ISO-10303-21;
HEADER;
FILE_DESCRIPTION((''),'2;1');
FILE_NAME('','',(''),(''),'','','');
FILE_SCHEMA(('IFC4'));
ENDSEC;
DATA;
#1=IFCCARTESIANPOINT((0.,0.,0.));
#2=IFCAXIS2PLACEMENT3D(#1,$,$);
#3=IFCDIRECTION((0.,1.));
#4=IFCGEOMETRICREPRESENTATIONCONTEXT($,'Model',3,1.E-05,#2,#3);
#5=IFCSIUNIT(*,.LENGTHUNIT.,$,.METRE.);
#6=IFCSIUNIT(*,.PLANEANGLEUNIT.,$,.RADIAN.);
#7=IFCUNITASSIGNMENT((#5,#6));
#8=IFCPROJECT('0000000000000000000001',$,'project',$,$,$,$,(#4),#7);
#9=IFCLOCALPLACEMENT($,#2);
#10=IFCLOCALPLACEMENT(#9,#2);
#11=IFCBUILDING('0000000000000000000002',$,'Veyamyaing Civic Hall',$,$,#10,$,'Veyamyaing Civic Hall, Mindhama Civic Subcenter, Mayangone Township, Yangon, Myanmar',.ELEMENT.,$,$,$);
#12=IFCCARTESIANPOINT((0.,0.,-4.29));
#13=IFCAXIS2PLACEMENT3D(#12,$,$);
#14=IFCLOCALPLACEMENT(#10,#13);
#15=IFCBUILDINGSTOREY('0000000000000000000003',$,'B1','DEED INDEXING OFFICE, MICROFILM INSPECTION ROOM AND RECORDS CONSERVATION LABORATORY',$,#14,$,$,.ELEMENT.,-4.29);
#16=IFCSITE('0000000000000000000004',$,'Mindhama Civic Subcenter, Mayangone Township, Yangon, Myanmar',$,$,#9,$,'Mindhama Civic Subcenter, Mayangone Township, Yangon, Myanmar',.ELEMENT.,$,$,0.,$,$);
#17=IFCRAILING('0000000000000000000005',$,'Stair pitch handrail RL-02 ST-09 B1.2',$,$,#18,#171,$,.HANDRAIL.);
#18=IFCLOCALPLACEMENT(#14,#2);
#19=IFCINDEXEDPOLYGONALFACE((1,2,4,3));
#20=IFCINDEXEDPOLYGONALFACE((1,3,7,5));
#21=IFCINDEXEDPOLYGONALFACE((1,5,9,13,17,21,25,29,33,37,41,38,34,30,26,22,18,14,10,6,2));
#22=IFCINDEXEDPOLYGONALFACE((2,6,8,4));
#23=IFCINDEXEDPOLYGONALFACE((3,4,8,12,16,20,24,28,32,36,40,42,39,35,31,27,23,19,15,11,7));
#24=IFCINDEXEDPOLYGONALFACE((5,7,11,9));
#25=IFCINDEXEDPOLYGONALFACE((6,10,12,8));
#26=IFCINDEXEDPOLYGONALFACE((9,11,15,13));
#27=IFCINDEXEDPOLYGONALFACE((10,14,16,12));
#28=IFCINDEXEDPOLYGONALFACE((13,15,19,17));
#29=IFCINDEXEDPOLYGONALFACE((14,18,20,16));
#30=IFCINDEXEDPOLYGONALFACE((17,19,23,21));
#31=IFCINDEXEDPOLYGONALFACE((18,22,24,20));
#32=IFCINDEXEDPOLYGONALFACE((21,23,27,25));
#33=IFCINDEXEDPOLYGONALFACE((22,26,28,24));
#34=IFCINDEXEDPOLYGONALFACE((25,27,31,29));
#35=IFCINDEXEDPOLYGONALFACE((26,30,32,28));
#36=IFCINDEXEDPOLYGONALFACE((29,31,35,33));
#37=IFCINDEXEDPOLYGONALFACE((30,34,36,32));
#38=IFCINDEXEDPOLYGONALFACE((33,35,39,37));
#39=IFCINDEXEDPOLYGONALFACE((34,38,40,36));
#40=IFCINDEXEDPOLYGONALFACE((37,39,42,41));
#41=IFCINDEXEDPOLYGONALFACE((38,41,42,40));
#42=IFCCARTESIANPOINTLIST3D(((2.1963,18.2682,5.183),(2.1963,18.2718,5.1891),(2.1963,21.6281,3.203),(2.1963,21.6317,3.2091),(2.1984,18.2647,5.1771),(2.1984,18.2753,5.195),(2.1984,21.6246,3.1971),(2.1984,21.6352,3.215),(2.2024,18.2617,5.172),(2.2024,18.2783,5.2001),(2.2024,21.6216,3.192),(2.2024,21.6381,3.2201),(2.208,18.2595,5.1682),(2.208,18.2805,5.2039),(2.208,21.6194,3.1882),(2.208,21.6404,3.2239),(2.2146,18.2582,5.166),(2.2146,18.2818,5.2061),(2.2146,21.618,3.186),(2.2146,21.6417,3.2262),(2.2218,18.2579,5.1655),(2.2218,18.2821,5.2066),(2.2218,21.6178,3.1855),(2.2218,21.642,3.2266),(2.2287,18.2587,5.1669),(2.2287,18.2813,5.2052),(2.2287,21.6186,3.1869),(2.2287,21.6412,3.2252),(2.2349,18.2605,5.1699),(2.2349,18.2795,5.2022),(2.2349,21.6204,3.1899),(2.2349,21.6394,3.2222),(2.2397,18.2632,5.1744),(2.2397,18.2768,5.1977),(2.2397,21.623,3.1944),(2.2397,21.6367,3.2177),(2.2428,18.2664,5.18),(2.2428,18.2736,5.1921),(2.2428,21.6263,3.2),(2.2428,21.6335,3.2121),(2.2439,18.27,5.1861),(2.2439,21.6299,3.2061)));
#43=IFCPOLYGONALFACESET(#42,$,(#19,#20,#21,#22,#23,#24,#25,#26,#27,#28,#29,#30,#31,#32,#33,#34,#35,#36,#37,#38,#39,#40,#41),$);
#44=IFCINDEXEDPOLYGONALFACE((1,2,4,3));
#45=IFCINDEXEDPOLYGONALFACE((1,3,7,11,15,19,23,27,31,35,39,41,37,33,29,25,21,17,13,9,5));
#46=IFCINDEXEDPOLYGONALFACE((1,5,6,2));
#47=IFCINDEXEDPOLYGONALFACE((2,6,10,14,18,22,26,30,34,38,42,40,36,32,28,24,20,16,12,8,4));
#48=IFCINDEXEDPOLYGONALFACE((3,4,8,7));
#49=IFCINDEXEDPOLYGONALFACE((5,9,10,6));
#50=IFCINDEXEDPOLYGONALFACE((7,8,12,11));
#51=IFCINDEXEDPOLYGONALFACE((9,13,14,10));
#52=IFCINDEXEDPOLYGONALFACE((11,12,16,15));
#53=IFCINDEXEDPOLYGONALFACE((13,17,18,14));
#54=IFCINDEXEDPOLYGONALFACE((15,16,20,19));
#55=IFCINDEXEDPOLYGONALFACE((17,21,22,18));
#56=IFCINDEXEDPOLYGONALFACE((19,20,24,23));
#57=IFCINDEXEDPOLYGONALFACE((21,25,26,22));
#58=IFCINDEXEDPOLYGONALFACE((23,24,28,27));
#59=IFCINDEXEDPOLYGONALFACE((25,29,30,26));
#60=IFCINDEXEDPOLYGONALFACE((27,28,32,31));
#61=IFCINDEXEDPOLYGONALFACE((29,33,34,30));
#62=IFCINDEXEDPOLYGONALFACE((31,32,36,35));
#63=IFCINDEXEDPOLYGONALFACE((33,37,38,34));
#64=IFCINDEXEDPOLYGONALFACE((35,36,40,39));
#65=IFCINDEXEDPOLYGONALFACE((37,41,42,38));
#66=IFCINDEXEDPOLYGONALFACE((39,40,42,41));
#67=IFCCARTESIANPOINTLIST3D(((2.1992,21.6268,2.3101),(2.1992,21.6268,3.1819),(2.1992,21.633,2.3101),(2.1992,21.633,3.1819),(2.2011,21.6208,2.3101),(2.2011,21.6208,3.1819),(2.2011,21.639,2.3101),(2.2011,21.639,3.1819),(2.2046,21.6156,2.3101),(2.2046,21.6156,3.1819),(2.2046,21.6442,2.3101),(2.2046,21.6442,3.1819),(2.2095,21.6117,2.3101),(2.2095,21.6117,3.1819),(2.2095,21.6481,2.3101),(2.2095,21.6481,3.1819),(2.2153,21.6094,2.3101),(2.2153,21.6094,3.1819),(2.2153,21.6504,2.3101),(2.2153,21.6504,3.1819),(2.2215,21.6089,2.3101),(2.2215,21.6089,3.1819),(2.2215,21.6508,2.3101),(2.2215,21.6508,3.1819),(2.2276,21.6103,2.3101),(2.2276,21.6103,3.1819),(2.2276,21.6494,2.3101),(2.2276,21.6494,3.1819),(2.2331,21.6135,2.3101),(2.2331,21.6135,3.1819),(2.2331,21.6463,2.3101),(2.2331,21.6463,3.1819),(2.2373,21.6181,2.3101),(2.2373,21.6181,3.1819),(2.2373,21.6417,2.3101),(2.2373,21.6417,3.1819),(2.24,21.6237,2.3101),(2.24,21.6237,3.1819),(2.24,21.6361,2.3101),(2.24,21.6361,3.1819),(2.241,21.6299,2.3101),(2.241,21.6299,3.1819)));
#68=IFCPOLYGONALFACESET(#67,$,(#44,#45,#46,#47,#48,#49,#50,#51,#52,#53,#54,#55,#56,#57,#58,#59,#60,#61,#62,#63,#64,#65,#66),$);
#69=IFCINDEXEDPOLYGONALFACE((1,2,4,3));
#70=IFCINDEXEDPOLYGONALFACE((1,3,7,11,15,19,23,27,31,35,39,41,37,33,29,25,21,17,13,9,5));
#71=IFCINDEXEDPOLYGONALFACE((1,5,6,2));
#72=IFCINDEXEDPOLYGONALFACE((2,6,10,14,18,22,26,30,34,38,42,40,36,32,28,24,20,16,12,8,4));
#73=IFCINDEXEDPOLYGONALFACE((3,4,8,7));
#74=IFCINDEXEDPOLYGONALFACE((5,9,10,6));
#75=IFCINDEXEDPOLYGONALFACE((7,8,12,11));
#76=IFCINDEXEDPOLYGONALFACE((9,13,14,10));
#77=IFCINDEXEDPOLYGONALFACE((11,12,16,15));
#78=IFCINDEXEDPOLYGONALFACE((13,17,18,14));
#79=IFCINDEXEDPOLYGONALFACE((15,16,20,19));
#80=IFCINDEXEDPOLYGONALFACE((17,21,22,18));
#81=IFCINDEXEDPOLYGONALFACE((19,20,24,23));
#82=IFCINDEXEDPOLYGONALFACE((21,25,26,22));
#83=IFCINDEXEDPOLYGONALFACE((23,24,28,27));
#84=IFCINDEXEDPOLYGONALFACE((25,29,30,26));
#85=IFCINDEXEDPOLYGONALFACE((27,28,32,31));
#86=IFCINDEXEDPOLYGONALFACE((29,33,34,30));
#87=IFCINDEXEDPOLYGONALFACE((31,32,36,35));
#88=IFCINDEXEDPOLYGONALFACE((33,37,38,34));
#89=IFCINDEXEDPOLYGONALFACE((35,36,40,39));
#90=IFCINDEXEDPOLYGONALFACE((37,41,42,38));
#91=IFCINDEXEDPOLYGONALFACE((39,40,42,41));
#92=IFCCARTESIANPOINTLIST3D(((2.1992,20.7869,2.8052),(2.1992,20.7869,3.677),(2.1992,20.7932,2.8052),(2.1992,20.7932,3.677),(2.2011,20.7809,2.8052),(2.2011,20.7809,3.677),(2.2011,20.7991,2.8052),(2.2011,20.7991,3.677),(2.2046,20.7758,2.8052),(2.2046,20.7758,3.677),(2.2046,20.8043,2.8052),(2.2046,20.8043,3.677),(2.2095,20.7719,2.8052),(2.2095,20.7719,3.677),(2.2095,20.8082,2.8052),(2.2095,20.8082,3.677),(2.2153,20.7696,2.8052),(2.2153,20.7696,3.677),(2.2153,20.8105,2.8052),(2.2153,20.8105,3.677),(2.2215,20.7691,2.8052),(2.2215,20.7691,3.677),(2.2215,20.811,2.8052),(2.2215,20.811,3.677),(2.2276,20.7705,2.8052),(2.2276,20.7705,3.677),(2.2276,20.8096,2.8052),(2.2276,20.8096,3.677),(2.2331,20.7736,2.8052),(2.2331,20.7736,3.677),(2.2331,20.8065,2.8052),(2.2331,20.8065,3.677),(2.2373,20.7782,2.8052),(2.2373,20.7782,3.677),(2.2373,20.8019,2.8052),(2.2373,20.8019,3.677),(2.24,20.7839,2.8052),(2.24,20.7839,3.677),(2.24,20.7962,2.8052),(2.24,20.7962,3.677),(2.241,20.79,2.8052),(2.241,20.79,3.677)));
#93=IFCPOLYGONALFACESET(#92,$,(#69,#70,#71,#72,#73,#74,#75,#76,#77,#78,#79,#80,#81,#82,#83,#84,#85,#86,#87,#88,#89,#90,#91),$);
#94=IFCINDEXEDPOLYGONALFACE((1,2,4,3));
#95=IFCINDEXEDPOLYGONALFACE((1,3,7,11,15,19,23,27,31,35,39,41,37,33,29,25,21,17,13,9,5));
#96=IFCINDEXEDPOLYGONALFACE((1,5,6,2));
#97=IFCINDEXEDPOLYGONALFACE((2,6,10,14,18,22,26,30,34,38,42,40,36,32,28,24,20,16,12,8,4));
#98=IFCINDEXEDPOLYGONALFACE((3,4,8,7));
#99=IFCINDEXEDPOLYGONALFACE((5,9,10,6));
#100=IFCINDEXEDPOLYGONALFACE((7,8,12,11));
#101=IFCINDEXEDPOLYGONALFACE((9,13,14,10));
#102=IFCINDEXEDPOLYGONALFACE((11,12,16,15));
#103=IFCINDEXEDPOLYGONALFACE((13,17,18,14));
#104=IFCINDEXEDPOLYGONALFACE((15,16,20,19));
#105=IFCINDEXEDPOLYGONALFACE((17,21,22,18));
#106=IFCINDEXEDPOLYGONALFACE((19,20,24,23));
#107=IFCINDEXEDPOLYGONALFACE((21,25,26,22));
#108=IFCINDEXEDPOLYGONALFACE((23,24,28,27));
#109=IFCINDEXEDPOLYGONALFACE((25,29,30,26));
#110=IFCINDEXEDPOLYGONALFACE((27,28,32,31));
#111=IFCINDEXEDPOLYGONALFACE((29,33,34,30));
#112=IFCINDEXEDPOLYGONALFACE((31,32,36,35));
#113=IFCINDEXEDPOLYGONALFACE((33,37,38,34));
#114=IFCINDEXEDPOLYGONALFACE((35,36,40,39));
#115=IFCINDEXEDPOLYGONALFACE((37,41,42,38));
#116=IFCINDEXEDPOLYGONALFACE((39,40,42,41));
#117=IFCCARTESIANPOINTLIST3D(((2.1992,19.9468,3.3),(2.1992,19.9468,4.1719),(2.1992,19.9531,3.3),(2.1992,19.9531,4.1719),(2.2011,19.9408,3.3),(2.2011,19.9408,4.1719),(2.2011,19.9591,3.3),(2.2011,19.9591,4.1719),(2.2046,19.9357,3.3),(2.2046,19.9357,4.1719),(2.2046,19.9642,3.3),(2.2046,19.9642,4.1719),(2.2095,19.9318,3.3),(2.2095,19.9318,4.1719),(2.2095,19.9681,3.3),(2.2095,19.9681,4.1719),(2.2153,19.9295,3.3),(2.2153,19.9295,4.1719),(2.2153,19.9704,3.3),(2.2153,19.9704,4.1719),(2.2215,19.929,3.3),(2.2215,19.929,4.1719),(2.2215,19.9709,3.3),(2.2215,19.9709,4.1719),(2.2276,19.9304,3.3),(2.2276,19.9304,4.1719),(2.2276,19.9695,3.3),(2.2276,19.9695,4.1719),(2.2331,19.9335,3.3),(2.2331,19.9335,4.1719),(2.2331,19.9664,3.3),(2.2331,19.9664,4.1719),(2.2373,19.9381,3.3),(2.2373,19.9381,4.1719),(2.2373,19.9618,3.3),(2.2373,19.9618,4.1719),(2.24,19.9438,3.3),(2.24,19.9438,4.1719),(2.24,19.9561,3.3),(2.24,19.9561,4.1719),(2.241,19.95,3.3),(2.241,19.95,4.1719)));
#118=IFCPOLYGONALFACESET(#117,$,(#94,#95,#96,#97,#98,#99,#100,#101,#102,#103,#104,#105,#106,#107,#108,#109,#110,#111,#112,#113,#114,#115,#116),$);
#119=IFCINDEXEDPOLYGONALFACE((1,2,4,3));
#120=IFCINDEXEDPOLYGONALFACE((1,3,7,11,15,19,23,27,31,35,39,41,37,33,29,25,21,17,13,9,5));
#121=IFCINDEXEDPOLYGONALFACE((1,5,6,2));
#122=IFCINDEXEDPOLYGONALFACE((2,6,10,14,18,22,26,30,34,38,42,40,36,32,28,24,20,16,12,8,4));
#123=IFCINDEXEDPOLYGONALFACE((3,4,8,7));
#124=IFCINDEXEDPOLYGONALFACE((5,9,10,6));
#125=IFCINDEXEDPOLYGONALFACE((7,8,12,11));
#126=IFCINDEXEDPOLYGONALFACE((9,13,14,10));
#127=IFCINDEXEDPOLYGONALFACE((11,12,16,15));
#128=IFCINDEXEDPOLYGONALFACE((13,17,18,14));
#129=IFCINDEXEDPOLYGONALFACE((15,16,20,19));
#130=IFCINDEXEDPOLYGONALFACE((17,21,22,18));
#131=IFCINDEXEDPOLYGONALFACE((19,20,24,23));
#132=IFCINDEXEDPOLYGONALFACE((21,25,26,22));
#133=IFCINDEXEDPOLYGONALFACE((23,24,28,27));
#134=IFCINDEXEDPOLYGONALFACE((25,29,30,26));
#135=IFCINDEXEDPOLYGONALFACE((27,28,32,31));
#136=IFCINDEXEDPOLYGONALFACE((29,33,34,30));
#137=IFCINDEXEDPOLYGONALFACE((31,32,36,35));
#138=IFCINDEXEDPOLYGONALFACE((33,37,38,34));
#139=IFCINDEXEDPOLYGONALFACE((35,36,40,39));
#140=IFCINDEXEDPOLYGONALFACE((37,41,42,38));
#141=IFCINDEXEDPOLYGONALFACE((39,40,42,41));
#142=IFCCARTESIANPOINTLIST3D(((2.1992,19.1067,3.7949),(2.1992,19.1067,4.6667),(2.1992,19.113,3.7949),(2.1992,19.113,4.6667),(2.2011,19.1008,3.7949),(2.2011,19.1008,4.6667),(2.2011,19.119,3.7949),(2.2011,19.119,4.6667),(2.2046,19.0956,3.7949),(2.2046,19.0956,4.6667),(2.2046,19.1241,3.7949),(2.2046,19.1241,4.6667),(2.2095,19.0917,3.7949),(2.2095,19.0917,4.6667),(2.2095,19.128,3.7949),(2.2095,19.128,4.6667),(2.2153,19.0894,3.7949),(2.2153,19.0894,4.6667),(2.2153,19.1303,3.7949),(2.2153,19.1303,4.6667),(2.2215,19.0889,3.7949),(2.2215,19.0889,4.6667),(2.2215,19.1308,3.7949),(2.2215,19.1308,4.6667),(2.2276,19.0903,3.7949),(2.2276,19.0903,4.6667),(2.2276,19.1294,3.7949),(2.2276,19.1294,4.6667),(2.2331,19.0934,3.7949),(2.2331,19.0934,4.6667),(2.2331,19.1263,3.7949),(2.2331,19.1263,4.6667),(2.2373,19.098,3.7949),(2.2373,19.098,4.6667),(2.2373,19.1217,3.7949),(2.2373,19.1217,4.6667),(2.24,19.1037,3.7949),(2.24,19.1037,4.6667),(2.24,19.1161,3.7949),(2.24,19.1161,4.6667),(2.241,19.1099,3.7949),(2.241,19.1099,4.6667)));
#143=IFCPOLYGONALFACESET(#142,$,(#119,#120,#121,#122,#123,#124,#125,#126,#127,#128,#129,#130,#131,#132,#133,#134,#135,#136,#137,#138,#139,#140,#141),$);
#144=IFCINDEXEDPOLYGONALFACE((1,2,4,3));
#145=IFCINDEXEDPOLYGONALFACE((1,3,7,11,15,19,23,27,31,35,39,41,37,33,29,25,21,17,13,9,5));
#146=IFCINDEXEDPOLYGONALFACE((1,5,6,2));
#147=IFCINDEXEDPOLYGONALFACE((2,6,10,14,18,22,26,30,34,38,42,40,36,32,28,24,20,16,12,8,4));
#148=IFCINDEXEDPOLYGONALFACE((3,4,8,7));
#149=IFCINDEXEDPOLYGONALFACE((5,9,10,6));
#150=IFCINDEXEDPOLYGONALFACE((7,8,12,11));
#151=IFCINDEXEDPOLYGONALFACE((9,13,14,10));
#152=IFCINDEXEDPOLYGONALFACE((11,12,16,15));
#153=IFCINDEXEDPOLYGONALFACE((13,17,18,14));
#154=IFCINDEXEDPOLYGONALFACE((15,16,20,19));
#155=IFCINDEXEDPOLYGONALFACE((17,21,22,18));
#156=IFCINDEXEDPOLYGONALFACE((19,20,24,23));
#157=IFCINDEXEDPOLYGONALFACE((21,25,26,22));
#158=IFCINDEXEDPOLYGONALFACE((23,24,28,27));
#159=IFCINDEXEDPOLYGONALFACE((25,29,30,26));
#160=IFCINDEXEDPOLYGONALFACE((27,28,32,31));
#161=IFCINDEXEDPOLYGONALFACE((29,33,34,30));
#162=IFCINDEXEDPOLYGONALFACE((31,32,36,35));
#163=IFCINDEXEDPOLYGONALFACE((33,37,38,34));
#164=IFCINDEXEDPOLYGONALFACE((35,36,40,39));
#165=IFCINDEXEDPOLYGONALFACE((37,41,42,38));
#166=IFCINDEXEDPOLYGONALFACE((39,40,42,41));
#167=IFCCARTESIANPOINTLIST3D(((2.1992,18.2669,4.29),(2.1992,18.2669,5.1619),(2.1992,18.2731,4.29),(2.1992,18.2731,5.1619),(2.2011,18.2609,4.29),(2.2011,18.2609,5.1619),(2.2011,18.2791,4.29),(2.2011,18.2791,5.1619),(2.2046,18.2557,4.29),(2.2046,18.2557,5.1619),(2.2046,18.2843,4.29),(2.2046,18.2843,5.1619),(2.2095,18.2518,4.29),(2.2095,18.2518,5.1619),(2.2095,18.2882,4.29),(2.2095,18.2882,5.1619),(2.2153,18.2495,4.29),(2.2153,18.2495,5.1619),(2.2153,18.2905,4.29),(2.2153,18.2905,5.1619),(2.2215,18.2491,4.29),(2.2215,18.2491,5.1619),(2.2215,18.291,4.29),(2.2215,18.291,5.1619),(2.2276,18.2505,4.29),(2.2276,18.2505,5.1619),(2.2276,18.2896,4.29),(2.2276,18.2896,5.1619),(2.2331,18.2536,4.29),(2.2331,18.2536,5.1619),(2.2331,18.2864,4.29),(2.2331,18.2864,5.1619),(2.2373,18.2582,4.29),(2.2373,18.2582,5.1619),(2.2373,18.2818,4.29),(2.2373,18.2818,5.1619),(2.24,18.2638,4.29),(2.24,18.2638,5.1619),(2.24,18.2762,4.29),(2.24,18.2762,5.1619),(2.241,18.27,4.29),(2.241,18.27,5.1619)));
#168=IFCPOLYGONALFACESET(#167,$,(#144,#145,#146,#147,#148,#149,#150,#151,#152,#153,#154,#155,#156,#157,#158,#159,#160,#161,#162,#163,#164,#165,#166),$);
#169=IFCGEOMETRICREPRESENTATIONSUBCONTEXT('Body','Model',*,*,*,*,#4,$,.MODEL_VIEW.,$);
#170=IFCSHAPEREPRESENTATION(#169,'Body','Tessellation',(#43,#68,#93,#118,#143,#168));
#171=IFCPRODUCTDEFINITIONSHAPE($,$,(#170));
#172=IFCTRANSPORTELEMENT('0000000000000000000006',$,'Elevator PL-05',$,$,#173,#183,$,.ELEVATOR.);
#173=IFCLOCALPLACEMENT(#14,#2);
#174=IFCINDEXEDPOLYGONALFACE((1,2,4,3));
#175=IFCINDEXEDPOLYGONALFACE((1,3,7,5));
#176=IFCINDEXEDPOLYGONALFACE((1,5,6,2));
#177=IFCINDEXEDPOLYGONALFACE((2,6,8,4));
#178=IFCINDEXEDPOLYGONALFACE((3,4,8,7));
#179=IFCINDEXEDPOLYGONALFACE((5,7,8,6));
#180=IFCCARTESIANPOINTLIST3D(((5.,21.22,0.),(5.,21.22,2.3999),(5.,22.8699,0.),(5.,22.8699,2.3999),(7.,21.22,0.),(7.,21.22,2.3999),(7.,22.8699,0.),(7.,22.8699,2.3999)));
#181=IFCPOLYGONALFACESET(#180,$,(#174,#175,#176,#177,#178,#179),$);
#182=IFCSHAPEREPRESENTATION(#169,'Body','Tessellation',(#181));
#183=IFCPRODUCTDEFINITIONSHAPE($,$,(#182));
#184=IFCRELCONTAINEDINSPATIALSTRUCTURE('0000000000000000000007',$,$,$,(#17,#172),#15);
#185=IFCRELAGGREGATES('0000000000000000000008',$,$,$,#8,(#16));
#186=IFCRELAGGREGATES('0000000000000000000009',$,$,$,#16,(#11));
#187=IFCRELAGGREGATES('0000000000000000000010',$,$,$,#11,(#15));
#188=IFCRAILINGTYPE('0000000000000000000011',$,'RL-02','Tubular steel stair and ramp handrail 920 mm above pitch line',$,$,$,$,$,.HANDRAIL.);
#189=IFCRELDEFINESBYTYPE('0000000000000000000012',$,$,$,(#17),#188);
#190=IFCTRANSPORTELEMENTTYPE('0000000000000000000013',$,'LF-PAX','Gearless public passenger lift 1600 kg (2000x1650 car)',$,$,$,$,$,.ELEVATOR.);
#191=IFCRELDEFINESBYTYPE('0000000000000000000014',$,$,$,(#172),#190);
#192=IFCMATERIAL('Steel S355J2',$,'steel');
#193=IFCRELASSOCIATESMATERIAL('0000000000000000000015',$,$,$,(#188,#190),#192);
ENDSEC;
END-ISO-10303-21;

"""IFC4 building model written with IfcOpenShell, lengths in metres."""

from ifc_helpers import new_model, si_unit, direction, frame, origin, origin_2d, place, context, subcontext, project, spatial, rectangle, circle, extrude, material, type_object, element, save


model = new_model("IFC4")

# Units and contexts
model_context = context("Model", 3, precision=1e-05, world=origin(), true_north=direction((0.0, 1.0)))
body_context = subcontext(model_context, "Body", "Model", "MODEL_VIEW")
ifc_project = project(units=[si_unit("LENGTHUNIT", "METRE"), si_unit("PLANEANGLEUNIT", "RADIAN")], contexts=[model_context])

# Site, building, storey
site_placement = place(None, origin())
site = spatial("IfcSite", under=ifc_project, at=site_placement, Name="Mindhama Civic Subcenter, Mayangone Township, Yangon, Myanmar", LongName="Mindhama Civic Subcenter, Mayangone Township, Yangon, Myanmar", CompositionType="ELEMENT", RefElevation=0.0)
building_placement = place(site_placement, origin())
building = spatial("IfcBuilding", under=site, at=building_placement, Name="Veyamyaing Civic Hall", LongName="Veyamyaing Civic Hall, Mindhama Civic Subcenter, Mayangone Township, Yangon, Myanmar", CompositionType="ELEMENT")
storey_placement = place(building_placement, frame((0.0, 0.0, -4.29)))
storey = spatial("IfcBuildingStorey", under=building, at=storey_placement, Name="B1", Description="DEED INDEXING OFFICE, MICROFILM INSPECTION ROOM AND RECORDS CONSERVATION LABORATORY", CompositionType="ELEMENT", Elevation=-4.29)

# Railing
ifc_material_1 = material(Name="Steel S355J2", Category="steel")
railing_type = type_object("IfcRailingType", Name="RL-02", Description="Tubular steel stair and ramp handrail 920 mm above pitch line", PredefinedType="HANDRAIL", material=ifc_material_1)
railing_placement = place(storey_placement, frame((2.22, 21.6299, 2.3101)))
element("IfcRailing", 1, at=railing_placement, inside=storey, type_object=railing_type, Name="Stair pitch handrail RL-02 ST-09 B1.2", PredefinedType="HANDRAIL", context=body_context, shape_type="SweptSolid", body=[
    extrude(circle(Radius=0.0239, at=origin_2d()), frame((0.0, 0.0, 0.896), z_axis=(0.0, -0.861532, 0.507704), x_axis=(1.0, 0.0, 0.0)), (0.0, 0.0, 1.0), 3.8999),
    extrude(circle(Radius=0.021, at=origin_2d()), origin(), (0.0, 0.0, 1.0), 0.8718),
    extrude(circle(Radius=0.021, at=origin_2d()), frame((0.0, -0.8398, 0.4951)), (0.0, 0.0, 1.0), 0.8718),
    extrude(circle(Radius=0.021, at=origin_2d()), frame((0.0, -1.6799, 0.99)), (0.0, 0.0, 1.0), 0.8718),
    extrude(circle(Radius=0.021, at=origin_2d()), frame((0.0, -2.52, 1.4849)), (0.0, 0.0, 1.0), 0.8718),
    extrude(circle(Radius=0.021, at=origin_2d()), frame((0.0, -3.3599, 1.98)), (0.0, 0.0, 1.0), 0.8718),
])

# Transport element
transport_element_type = type_object("IfcTransportElementType", Name="LF-PAX", Description="Gearless public passenger lift 1600 kg (2000x1650 car)", PredefinedType="ELEVATOR", material=ifc_material_1)
transport_element_placement = place(storey_placement, frame((6.0, 22.0449, 0.0), z_axis=(0.0, 0.0, 1.0), x_axis=(1.0, 0.0, 0.0)))
element("IfcTransportElement", 2, at=transport_element_placement, inside=storey, type_object=transport_element_type, Name="Elevator PL-05", PredefinedType="ELEVATOR", context=body_context, shape_type="SweptSolid", body=[
    extrude(rectangle(XDim=2.0, YDim=1.6499, at=origin_2d()), origin(), (0.0, 0.0, 1.0), 2.3999),
])

save(model, "model.ifc")
